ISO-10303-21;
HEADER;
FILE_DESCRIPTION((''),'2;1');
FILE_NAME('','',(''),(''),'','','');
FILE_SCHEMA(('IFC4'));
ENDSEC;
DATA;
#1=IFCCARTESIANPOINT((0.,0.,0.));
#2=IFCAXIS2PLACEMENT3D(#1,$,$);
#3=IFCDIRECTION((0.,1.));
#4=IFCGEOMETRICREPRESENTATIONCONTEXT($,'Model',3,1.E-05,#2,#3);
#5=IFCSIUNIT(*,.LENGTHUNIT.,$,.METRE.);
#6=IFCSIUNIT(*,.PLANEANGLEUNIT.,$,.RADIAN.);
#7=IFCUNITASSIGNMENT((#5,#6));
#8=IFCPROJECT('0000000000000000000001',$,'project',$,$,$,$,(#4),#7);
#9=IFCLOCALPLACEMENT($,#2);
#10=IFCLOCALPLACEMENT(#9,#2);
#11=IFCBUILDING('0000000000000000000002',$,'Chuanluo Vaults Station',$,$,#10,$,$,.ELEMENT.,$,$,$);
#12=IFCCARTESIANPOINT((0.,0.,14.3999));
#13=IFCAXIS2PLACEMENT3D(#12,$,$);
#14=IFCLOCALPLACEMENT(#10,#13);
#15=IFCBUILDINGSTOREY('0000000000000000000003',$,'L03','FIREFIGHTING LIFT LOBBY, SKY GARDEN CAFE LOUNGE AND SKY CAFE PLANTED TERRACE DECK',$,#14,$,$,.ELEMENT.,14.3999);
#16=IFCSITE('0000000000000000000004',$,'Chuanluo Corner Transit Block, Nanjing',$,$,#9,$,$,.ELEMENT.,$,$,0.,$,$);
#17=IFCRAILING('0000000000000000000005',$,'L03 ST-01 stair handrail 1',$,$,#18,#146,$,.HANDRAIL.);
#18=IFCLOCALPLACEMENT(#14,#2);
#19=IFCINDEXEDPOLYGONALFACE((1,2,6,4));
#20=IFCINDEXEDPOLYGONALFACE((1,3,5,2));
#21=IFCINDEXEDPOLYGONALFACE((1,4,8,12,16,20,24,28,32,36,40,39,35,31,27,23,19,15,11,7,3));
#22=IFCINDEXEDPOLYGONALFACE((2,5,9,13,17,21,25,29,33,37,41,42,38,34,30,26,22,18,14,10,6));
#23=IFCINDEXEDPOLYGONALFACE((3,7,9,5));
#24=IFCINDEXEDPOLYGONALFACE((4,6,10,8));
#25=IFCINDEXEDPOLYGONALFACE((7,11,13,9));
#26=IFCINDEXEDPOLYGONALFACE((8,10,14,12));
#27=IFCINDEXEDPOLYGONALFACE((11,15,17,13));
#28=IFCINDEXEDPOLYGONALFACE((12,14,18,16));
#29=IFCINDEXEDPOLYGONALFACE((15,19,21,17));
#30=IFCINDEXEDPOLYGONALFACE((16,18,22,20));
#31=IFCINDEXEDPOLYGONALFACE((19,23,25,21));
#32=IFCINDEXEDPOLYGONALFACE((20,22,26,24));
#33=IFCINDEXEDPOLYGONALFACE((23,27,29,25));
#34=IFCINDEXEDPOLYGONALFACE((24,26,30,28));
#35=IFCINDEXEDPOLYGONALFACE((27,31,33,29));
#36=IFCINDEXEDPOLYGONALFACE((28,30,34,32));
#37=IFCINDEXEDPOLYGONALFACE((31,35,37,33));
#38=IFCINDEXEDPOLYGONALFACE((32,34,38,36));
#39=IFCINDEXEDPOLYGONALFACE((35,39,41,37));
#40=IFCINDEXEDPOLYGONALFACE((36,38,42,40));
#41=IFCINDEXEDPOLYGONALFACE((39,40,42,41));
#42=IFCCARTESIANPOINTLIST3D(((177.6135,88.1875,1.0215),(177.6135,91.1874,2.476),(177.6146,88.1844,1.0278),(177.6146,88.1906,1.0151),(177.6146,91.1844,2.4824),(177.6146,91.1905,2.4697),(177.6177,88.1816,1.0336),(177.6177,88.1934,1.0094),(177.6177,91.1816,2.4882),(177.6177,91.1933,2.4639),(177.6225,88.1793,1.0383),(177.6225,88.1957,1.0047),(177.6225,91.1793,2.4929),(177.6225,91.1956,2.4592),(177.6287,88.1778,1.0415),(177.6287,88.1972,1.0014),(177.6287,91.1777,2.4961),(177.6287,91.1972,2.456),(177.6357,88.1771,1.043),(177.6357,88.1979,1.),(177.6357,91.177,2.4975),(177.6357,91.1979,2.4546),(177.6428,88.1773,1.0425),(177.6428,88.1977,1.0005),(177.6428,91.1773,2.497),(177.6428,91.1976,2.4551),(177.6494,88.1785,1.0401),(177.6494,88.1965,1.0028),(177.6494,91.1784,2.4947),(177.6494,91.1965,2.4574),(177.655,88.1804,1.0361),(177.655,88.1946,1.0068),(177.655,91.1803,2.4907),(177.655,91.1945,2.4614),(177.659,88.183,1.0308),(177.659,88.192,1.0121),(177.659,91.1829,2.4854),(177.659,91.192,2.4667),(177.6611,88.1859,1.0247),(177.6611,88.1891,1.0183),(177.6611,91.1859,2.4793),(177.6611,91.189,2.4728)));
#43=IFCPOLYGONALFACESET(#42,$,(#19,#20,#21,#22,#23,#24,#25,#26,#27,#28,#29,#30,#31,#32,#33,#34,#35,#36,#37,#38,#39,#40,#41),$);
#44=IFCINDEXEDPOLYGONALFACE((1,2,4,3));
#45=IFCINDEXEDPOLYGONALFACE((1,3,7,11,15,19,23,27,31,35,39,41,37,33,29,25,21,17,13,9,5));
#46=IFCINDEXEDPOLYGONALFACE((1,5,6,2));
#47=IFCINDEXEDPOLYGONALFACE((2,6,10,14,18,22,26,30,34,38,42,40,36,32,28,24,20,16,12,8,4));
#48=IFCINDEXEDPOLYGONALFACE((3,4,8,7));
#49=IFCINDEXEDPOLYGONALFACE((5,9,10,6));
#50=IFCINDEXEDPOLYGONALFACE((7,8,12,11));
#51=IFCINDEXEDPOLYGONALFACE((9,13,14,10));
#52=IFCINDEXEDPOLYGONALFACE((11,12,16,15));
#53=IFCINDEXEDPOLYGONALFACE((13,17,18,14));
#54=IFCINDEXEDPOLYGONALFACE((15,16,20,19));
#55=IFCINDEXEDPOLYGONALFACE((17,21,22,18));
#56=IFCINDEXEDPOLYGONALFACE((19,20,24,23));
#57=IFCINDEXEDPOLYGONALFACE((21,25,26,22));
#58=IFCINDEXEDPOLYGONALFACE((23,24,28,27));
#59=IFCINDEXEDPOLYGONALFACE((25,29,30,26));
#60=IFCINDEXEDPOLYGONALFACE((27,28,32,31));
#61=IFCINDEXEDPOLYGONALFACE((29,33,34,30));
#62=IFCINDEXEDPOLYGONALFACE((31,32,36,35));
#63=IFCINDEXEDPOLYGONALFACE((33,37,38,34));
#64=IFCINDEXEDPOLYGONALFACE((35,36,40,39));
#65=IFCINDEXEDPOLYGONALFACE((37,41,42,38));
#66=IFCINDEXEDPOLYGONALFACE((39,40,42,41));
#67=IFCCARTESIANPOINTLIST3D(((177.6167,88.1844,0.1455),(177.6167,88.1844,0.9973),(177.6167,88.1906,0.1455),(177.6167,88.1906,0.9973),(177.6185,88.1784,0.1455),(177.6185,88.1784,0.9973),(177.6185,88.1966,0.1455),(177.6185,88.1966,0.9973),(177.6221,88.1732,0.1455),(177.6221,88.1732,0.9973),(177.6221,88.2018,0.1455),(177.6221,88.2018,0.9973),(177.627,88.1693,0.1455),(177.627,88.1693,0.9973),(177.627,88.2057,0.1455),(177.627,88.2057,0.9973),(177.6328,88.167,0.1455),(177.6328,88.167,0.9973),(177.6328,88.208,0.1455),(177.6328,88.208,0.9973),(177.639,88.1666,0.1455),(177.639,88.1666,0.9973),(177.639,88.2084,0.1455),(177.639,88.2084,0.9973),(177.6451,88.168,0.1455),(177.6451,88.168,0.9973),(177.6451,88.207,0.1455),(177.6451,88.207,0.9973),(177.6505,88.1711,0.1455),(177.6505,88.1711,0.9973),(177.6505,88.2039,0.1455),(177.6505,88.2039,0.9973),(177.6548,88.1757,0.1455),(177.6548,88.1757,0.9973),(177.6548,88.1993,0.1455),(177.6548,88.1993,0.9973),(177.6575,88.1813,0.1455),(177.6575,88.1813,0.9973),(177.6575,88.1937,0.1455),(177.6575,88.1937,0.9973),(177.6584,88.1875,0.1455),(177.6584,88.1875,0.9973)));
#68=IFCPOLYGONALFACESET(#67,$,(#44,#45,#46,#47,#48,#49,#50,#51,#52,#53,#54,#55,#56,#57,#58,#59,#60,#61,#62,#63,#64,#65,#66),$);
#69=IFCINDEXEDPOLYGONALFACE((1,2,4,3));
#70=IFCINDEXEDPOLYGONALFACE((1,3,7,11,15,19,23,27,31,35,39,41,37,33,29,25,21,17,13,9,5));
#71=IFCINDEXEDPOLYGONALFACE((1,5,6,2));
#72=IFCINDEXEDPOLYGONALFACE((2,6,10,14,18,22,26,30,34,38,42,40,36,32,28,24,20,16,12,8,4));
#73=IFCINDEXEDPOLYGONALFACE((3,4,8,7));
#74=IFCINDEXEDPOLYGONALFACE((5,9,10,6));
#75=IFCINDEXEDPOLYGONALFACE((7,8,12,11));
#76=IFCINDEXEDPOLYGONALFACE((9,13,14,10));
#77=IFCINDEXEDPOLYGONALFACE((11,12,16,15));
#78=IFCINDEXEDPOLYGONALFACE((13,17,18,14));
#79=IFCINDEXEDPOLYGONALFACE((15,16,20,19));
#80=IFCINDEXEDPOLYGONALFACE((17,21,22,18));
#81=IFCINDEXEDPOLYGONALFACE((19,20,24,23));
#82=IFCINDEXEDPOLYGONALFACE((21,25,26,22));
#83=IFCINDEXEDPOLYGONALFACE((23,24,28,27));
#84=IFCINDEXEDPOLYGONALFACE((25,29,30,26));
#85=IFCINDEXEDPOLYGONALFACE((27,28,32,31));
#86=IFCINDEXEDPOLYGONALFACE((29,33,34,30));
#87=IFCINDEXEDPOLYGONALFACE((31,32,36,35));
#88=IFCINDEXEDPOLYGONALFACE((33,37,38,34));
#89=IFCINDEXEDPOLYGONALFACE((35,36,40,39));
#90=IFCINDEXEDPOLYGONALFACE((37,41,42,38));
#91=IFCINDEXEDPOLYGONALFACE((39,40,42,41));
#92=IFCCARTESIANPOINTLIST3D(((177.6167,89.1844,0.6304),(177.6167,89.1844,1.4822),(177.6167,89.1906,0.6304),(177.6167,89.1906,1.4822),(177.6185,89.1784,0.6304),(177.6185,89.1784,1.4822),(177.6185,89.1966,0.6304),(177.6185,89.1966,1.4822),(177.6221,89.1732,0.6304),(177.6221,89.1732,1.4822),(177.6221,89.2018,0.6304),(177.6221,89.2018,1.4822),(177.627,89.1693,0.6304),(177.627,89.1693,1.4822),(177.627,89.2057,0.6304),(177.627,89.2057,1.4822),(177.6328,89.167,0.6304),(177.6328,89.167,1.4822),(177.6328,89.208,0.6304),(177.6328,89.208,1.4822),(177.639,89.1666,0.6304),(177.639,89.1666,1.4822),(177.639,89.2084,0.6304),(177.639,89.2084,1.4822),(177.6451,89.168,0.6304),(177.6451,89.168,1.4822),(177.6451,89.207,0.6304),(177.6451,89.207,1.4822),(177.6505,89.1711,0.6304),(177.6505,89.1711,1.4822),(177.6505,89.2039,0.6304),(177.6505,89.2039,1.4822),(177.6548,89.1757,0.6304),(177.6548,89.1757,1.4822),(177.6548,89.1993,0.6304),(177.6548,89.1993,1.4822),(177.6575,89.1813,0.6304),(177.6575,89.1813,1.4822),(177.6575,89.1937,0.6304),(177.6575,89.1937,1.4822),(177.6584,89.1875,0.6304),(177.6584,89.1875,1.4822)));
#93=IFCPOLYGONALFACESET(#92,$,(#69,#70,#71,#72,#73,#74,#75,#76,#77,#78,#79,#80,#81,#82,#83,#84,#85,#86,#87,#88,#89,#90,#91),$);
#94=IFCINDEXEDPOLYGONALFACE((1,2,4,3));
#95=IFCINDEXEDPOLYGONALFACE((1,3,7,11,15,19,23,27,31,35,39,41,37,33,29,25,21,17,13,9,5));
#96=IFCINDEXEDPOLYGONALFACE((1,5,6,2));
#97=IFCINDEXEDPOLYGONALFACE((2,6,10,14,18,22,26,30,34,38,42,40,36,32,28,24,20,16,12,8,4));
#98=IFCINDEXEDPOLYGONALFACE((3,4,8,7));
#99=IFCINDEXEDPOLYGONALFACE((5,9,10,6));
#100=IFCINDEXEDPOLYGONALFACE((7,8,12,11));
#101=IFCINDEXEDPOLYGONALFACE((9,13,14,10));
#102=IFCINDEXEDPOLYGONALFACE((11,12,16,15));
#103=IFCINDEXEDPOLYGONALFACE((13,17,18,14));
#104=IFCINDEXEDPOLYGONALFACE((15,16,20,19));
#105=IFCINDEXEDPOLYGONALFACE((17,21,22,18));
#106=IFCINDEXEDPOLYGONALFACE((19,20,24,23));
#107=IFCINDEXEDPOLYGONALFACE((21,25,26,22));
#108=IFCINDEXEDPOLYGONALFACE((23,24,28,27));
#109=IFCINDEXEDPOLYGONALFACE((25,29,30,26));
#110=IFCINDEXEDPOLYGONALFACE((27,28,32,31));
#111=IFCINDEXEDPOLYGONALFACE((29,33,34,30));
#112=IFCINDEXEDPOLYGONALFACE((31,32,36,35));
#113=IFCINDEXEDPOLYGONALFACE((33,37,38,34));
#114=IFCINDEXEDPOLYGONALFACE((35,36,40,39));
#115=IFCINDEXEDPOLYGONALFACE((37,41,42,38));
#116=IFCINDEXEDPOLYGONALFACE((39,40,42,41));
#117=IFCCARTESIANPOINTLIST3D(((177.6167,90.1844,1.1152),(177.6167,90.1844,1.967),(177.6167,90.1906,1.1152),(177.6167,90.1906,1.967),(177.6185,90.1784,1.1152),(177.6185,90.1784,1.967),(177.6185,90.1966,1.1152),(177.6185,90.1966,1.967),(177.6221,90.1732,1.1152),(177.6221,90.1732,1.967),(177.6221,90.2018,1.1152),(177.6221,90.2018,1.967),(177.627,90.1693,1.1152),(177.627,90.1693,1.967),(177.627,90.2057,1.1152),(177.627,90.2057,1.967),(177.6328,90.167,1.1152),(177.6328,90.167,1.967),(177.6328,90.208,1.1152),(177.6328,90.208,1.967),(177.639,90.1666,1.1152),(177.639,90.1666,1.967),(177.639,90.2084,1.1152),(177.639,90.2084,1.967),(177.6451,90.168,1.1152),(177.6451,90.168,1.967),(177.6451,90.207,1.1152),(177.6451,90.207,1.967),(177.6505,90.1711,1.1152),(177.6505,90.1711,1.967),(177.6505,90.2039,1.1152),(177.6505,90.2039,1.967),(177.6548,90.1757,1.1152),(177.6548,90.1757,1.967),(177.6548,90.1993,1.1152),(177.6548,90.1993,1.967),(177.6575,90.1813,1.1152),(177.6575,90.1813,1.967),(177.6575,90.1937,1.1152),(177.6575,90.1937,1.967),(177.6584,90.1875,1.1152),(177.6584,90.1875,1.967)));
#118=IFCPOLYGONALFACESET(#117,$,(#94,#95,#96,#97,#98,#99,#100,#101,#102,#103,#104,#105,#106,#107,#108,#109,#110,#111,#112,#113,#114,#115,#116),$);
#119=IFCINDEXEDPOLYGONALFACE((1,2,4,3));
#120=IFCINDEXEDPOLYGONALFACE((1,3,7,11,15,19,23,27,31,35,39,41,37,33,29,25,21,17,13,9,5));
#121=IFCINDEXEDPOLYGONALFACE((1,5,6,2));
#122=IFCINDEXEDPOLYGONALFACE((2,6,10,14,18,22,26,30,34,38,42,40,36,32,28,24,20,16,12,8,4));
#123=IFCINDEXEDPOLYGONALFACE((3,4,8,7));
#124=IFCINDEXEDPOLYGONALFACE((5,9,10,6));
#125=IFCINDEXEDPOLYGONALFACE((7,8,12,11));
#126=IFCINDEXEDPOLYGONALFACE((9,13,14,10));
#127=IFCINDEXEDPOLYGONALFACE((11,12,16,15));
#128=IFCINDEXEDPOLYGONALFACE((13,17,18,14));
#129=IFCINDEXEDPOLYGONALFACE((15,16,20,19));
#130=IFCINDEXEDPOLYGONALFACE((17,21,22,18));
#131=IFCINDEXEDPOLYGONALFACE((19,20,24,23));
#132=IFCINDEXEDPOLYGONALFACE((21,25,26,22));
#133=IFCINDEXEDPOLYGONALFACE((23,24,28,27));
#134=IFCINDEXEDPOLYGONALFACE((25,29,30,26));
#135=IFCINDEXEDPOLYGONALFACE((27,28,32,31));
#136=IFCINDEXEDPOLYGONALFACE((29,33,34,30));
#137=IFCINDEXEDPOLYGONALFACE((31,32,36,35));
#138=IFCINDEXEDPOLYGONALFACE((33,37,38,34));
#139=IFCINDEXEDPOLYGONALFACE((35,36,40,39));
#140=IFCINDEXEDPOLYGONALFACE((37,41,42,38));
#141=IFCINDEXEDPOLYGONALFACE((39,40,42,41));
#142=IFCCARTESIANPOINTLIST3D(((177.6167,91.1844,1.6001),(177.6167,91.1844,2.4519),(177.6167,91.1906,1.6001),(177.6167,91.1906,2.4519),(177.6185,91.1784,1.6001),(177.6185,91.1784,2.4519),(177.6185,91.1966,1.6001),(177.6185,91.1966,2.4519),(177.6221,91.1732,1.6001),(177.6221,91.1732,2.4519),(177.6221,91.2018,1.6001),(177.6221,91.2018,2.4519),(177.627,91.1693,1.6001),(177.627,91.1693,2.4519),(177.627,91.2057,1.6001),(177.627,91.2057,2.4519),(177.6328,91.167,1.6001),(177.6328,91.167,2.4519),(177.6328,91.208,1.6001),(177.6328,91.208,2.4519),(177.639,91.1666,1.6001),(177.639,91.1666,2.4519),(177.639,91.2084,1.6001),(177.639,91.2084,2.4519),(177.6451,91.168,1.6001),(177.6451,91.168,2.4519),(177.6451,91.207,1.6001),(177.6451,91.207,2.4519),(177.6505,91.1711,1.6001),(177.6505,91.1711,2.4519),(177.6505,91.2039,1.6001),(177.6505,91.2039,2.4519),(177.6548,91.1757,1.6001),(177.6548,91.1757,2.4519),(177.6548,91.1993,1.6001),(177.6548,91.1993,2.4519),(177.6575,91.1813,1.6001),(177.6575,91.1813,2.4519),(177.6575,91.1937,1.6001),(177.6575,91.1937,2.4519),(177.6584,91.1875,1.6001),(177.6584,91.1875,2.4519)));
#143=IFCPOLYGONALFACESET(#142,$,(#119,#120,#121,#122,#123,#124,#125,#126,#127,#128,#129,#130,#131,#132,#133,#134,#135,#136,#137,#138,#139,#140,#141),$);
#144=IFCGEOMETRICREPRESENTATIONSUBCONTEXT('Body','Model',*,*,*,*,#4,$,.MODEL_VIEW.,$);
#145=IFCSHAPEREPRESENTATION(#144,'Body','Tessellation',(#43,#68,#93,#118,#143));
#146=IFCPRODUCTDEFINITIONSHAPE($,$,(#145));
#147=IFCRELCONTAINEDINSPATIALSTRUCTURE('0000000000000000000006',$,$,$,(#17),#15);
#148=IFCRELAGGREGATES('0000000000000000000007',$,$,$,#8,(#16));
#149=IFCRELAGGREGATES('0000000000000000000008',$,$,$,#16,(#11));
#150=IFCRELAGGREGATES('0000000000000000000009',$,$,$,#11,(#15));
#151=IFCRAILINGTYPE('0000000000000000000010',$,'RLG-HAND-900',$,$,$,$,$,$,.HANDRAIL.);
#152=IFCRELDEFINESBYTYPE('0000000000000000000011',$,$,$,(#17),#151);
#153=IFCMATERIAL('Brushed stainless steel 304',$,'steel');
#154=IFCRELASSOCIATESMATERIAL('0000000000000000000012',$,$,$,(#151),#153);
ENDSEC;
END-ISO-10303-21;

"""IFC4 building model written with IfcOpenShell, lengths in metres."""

from ifc_helpers import new_model, si_unit, direction, frame, origin, origin_2d, place, context, subcontext, project, spatial, circle, extrude, material, type_object, element, save


model = new_model("IFC4")

# Units and contexts
model_context = context("Model", 3, precision=1e-05, world=origin(), true_north=direction((0.0, 1.0)))
body_context = subcontext(model_context, "Body", "Model", "MODEL_VIEW")
ifc_project = project(units=[si_unit("LENGTHUNIT", "METRE"), si_unit("PLANEANGLEUNIT", "RADIAN")], contexts=[model_context])

# Site, building, storey
site_placement = place(None, origin())
site = spatial("IfcSite", under=ifc_project, at=site_placement, Name="Chuanluo Corner Transit Block, Nanjing", CompositionType="ELEMENT", RefElevation=0.0)
building_placement = place(site_placement, origin())
building = spatial("IfcBuilding", under=site, at=building_placement, Name="Chuanluo Vaults Station", CompositionType="ELEMENT")
storey_placement = place(building_placement, frame((0.0, 0.0, 14.3999)))
storey = spatial("IfcBuildingStorey", under=building, at=storey_placement, Name="L03", Description="FIREFIGHTING LIFT LOBBY, SKY GARDEN CAFE LOUNGE AND SKY CAFE PLANTED TERRACE DECK", CompositionType="ELEMENT", Elevation=14.3999)

# Railing
ifc_material_1 = material(Name="Brushed stainless steel 304", Category="steel")
railing_type_1 = type_object("IfcRailingType", Name="RLG-HAND-900", PredefinedType="HANDRAIL", material=ifc_material_1)
railing_1_placement = place(storey_placement, frame((177.6375, 88.1875, 0.1455)))
element("IfcRailing", 1, at=railing_1_placement, inside=storey, type_object=railing_type_1, Name="L03 ST-01 stair handrail 1", PredefinedType="HANDRAIL", context=body_context, shape_type="SweptSolid", body=[
    extrude(circle(Radius=0.0239, at=origin_2d()), frame((0.0, 0.0, 0.876), z_axis=(0.0, 0.899809, 0.436284), x_axis=(-1.0, 0.0, 0.0)), (0.0, 0.0, 1.0), 3.334),
    extrude(circle(Radius=0.021, at=origin_2d()), origin(), (0.0, 0.0, 1.0), 0.8518),
    extrude(circle(Radius=0.021, at=origin_2d()), frame((0.0, 1.0, 0.4849)), (0.0, 0.0, 1.0), 0.8518),
    extrude(circle(Radius=0.021, at=origin_2d()), frame((0.0, 2.0, 0.9697)), (0.0, 0.0, 1.0), 0.8518),
    extrude(circle(Radius=0.021, at=origin_2d()), frame((0.0, 3.0, 1.4546)), (0.0, 0.0, 1.0), 0.8518),
])

save(model, "model.ifc")
